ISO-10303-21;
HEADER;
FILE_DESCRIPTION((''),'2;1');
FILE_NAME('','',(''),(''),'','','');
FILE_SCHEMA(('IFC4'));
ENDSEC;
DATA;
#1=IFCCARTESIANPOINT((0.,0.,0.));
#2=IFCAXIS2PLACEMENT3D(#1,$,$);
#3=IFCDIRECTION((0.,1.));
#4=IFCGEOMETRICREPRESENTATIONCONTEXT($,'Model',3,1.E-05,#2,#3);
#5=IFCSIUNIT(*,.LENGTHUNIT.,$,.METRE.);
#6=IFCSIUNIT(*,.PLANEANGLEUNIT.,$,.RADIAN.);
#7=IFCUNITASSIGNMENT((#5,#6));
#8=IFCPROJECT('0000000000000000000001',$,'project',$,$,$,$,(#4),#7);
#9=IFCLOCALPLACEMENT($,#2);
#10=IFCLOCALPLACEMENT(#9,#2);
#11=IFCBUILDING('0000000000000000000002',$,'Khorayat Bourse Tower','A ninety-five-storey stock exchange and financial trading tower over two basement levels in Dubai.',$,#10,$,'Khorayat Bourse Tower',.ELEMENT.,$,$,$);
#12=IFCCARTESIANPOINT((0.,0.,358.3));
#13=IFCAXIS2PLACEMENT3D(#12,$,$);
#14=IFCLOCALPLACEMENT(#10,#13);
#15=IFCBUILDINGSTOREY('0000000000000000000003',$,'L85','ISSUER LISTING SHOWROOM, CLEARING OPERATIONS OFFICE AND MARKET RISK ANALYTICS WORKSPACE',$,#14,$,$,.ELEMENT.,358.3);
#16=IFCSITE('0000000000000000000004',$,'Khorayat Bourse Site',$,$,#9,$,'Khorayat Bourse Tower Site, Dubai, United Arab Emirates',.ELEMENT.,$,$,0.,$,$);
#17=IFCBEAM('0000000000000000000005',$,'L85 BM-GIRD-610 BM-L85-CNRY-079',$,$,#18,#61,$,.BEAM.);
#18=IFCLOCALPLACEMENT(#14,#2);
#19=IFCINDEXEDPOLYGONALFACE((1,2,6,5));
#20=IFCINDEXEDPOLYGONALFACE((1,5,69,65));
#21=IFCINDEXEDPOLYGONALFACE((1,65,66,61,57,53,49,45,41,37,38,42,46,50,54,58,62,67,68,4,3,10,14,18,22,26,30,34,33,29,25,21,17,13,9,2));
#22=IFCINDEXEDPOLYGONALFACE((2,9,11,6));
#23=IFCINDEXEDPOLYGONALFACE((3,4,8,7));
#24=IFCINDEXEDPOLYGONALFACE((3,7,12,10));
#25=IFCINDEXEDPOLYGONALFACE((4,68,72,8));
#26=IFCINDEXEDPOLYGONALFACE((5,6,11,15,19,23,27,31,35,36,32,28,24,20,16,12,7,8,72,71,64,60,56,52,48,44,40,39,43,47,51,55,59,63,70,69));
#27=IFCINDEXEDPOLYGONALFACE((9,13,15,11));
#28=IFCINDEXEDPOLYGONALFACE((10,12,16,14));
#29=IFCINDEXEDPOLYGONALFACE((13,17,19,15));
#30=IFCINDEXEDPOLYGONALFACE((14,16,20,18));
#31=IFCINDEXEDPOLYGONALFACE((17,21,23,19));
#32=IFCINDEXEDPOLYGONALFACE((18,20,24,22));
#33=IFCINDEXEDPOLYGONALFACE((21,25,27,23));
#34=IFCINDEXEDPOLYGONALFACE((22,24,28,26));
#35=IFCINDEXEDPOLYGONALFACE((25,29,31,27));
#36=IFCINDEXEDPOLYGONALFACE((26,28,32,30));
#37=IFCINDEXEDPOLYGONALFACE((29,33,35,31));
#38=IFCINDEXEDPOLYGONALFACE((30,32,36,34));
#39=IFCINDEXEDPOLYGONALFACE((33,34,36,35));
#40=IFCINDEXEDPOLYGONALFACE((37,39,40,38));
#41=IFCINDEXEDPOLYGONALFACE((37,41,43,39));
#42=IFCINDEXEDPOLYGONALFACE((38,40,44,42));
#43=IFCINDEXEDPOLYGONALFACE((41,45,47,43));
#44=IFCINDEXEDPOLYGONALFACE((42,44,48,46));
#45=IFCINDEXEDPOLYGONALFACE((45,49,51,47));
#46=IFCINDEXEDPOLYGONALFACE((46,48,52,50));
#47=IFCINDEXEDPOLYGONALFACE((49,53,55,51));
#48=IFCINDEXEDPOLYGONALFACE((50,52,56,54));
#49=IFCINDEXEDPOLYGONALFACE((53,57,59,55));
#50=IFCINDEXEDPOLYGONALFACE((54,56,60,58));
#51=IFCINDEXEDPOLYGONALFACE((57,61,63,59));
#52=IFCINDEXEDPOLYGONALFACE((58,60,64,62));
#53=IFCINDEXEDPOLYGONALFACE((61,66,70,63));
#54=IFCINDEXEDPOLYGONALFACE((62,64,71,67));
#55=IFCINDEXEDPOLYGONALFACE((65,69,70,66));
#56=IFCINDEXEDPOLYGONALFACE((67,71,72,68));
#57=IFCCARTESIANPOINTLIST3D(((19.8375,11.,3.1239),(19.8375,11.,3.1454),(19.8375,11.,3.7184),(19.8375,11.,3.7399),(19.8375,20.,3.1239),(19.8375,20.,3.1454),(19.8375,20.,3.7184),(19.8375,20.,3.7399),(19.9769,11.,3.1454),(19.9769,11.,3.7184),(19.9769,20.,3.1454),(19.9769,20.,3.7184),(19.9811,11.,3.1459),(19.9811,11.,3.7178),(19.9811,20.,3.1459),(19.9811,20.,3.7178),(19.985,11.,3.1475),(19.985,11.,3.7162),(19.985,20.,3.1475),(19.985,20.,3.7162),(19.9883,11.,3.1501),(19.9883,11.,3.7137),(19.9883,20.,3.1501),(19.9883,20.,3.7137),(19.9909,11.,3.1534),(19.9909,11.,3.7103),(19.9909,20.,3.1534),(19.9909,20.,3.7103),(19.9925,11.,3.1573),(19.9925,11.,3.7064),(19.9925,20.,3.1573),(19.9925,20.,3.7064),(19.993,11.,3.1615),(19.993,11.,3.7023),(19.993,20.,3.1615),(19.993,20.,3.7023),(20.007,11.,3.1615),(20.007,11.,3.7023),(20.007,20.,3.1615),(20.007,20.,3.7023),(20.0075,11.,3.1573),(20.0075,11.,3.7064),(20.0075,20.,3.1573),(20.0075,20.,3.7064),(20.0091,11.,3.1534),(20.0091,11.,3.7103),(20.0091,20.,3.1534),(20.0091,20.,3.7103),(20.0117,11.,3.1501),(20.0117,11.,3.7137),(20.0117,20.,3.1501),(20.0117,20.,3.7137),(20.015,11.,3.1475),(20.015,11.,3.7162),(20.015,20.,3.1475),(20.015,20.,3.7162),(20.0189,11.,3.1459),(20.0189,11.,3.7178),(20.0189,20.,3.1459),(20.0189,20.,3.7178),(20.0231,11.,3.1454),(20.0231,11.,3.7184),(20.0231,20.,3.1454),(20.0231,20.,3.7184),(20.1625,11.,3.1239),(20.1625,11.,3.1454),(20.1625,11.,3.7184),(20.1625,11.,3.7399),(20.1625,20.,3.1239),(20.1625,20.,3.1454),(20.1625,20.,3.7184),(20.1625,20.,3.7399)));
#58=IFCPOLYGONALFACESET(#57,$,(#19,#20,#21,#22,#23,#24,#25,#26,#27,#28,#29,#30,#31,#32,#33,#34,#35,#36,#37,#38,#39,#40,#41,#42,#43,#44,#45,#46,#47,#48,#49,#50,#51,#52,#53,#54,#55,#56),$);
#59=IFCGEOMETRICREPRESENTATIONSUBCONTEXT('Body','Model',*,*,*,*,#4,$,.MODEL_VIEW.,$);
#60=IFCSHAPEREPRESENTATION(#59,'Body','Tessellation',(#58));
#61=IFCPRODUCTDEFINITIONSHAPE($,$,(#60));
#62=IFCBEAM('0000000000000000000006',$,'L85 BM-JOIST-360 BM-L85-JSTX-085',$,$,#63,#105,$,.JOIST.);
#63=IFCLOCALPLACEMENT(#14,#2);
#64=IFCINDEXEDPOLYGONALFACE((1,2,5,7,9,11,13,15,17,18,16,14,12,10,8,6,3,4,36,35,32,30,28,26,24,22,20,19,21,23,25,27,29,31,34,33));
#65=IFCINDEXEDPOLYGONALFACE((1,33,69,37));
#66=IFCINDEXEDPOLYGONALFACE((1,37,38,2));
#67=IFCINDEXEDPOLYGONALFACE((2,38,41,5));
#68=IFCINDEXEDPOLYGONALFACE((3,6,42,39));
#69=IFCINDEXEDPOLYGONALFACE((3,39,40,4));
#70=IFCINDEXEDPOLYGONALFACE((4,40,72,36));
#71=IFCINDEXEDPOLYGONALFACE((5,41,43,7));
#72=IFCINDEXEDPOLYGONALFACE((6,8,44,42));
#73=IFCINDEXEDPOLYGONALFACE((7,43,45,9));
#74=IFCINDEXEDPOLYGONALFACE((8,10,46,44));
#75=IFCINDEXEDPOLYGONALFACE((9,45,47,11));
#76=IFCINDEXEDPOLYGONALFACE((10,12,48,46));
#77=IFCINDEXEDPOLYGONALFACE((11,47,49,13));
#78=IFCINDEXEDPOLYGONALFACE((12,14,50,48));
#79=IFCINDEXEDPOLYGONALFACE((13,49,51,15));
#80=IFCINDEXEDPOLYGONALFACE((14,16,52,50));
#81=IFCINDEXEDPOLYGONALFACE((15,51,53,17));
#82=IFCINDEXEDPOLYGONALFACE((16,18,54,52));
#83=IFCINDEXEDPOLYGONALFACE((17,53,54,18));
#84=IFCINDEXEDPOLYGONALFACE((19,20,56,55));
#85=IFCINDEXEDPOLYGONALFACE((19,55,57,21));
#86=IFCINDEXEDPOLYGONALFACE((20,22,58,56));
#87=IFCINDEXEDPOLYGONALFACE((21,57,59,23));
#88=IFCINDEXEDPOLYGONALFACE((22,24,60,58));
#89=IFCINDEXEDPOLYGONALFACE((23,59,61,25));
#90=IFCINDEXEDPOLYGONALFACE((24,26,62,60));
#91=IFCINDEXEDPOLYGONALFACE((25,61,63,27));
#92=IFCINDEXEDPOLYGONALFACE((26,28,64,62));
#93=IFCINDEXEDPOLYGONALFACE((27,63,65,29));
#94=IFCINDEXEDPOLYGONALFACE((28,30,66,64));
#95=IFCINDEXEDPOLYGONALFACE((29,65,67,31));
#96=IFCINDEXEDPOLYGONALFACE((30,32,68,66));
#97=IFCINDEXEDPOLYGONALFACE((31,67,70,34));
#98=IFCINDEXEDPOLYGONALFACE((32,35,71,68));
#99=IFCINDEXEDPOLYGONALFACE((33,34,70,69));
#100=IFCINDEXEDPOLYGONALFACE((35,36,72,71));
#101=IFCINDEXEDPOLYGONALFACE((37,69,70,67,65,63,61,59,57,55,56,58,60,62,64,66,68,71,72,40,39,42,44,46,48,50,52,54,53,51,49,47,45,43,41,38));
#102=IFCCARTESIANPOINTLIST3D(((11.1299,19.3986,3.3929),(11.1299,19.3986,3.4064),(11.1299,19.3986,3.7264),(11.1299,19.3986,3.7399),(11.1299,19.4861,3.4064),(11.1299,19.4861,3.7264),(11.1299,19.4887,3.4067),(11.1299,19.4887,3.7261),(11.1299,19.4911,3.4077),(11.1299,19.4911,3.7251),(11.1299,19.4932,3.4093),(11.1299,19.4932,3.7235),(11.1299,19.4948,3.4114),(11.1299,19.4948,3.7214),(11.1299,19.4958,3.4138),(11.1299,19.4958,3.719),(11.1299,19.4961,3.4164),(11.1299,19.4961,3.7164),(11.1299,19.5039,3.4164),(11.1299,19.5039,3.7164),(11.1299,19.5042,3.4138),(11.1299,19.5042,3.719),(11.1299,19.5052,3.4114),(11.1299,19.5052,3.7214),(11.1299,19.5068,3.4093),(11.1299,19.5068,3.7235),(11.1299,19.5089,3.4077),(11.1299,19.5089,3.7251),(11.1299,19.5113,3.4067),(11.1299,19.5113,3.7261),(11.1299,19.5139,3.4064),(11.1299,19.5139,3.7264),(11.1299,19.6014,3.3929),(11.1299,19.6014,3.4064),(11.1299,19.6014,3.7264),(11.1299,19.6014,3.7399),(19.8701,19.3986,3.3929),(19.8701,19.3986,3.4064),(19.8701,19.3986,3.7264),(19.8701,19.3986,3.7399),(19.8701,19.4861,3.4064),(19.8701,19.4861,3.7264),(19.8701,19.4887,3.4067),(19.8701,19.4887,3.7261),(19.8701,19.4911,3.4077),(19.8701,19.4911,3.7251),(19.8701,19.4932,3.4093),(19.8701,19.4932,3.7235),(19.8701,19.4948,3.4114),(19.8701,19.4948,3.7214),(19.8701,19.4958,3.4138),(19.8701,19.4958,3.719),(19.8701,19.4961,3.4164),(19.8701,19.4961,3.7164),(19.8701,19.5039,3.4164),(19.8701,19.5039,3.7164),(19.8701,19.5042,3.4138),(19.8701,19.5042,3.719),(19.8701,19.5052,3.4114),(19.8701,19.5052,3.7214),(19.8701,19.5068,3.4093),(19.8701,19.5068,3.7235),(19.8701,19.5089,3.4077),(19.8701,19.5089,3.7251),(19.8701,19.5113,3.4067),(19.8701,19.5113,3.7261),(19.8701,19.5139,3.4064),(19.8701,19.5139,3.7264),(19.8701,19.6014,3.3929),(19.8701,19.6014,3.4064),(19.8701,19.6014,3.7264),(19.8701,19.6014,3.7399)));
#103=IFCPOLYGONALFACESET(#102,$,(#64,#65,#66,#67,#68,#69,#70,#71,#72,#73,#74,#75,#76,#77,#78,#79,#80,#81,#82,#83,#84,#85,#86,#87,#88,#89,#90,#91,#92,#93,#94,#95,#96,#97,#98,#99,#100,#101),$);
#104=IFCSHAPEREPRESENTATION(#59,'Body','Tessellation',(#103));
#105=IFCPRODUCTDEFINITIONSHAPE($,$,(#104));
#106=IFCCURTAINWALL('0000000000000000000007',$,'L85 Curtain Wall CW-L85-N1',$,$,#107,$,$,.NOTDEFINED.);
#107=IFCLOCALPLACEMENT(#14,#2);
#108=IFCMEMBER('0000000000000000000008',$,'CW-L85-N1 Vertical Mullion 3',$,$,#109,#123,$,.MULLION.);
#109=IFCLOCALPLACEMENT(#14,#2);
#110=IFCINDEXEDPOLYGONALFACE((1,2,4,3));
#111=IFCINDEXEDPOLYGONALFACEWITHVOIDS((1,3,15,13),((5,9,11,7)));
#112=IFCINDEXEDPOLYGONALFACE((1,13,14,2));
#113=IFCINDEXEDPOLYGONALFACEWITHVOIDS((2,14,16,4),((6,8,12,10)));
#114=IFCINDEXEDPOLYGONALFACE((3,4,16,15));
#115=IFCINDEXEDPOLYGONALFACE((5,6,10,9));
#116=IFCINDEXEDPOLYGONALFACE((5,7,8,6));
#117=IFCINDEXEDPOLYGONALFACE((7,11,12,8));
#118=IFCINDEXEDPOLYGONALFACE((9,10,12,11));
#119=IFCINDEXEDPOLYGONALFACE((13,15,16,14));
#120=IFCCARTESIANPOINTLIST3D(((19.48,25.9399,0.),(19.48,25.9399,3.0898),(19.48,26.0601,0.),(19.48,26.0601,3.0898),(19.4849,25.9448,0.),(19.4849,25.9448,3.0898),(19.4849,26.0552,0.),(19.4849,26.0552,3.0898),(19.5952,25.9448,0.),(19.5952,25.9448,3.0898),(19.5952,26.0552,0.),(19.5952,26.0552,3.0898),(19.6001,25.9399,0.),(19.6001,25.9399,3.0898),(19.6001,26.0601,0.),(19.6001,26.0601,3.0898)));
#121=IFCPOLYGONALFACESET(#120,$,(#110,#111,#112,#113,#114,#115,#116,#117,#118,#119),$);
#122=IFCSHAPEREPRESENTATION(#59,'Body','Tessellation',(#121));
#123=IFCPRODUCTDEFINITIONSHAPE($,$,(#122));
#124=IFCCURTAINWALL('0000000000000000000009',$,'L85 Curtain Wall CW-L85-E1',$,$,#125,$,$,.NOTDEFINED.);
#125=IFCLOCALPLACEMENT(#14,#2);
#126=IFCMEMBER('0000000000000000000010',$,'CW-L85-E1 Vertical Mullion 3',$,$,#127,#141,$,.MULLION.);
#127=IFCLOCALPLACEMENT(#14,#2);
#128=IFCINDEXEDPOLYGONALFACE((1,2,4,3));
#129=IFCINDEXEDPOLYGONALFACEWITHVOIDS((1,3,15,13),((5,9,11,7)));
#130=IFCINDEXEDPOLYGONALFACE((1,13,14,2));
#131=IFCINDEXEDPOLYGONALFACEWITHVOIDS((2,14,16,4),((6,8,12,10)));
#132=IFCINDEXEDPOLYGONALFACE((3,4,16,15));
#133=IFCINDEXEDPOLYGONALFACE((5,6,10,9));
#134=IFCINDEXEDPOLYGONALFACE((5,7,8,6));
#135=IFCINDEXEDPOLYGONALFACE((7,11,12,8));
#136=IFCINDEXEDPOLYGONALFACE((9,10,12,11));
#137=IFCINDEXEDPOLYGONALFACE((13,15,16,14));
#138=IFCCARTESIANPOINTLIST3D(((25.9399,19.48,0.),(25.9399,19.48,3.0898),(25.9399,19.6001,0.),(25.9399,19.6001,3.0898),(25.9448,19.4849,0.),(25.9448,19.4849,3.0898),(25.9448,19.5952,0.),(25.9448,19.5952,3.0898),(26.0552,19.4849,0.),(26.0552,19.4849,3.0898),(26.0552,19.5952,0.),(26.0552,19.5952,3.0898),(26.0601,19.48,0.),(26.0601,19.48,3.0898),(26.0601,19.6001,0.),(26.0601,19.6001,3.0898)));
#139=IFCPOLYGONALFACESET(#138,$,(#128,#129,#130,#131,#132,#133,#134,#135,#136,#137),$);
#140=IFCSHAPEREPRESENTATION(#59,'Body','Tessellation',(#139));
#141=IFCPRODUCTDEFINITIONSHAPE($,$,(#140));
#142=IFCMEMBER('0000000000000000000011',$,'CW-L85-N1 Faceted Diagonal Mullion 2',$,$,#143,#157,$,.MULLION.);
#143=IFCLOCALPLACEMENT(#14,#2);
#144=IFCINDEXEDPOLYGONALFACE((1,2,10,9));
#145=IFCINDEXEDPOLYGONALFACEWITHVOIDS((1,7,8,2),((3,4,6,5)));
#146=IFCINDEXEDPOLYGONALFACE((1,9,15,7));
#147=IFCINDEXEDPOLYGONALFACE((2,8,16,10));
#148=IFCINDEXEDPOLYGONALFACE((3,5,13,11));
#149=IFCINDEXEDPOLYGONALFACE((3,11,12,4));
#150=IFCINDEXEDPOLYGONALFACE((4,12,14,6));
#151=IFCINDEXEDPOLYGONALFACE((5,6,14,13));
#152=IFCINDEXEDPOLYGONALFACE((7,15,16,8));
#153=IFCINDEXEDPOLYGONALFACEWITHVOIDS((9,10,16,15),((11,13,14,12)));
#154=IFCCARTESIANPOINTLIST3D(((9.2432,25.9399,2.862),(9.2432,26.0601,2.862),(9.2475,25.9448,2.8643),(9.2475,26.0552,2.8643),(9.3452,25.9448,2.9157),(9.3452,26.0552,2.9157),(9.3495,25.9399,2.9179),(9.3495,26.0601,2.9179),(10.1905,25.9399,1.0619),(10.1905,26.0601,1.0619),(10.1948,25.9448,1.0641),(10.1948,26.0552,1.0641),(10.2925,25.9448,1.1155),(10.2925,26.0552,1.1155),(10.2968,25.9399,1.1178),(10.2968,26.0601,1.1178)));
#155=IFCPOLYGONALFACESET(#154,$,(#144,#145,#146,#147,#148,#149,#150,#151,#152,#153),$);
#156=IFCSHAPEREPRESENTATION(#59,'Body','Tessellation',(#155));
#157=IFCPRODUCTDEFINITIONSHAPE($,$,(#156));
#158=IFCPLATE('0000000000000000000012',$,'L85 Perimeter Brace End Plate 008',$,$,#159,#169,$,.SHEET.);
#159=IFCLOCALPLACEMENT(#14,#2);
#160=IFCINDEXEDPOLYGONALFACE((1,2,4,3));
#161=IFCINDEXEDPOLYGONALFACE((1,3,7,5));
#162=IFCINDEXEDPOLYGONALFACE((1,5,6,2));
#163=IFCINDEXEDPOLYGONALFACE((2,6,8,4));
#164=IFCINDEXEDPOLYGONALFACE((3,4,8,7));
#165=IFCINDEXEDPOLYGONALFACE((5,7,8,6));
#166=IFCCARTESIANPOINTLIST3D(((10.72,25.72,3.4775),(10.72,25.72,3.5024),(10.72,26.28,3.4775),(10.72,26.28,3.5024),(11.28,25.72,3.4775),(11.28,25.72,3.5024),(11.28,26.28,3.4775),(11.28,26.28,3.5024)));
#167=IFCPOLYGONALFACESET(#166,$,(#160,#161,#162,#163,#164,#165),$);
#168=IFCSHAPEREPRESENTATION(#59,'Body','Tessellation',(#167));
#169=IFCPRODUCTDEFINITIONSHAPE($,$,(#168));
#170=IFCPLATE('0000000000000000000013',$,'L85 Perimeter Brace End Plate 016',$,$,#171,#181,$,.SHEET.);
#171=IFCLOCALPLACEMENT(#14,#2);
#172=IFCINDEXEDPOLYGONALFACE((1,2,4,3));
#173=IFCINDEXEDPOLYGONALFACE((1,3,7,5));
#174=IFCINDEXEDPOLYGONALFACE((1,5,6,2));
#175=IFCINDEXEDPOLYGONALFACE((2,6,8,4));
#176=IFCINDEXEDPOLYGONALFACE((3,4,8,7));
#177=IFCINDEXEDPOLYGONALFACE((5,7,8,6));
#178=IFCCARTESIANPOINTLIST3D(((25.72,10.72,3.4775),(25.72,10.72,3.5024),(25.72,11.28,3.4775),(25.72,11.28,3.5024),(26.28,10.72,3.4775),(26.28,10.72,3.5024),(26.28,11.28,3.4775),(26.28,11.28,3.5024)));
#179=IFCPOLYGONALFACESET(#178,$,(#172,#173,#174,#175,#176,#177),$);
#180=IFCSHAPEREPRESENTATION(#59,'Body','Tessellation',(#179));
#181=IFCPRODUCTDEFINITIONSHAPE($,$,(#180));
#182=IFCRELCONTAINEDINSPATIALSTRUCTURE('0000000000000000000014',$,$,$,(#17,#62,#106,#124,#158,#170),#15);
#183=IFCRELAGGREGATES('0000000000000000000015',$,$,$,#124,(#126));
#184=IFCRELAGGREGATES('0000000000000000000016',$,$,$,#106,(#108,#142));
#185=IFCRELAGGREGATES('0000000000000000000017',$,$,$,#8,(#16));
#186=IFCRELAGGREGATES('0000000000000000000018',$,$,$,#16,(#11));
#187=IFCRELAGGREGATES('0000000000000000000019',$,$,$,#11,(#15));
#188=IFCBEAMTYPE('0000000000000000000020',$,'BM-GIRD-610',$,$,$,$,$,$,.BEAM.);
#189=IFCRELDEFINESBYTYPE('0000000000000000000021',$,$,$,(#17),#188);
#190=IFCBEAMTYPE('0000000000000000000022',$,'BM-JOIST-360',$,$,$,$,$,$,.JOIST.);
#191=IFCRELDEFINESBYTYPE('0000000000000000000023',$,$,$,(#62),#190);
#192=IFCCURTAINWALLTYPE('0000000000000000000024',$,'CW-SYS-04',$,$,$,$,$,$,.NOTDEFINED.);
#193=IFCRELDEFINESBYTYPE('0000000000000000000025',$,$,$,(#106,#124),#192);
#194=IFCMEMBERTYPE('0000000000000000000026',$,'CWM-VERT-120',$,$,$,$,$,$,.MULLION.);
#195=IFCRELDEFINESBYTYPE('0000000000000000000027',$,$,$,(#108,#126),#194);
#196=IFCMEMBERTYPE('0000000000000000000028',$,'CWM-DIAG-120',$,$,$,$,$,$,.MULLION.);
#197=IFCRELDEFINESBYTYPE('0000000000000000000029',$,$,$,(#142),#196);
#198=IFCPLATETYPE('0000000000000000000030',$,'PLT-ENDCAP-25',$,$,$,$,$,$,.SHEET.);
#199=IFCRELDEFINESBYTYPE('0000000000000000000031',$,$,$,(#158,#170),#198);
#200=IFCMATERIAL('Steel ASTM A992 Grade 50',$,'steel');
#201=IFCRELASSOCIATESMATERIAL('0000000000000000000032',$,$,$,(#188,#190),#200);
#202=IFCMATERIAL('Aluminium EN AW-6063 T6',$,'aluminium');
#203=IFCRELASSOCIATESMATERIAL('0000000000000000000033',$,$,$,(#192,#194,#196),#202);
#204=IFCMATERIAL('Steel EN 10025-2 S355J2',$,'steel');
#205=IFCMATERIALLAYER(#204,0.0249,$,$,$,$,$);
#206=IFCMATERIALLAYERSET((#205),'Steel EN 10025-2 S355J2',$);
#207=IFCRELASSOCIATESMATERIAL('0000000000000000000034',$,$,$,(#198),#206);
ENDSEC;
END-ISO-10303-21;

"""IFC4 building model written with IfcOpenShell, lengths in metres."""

from ifc_helpers import new_model, si_unit, direction, frame, origin, origin_2d, place, context, subcontext, project, spatial, rectangle, hollow_rectangle, i_section, extrude, source, transform, mapped, material, layer, layer_set, material_profile, profile_set, type_object, element, aggregate, save


model = new_model("IFC4")

# Units and contexts
model_context = context("Model", 3, precision=1e-05, world=origin(), true_north=direction((0.0, 1.0)))
body_context = subcontext(model_context, "Body", "Model", "MODEL_VIEW")
ifc_project = project(units=[si_unit("LENGTHUNIT", "METRE"), si_unit("PLANEANGLEUNIT", "RADIAN")], contexts=[model_context])

# Site, building, storey
site_placement = place(None, origin())
site = spatial("IfcSite", under=ifc_project, at=site_placement, Name="Khorayat Bourse Site", LongName="Khorayat Bourse Tower Site, Dubai, United Arab Emirates", CompositionType="ELEMENT", RefElevation=0.0)
building_placement = place(site_placement, origin())
building = spatial("IfcBuilding", under=site, at=building_placement, Name="Khorayat Bourse Tower", Description="A ninety-five-storey stock exchange and financial trading tower over two basement levels in Dubai.", LongName="Khorayat Bourse Tower", CompositionType="ELEMENT")
storey_placement = place(building_placement, frame((0.0, 0.0, 358.3)))
storey = spatial("IfcBuildingStorey", under=building, at=storey_placement, Name="L85", Description="ISSUER LISTING SHOWROOM, CLEARING OPERATIONS OFFICE AND MARKET RISK ANALYTICS WORKSPACE", CompositionType="ELEMENT", Elevation=358.3)

# Shared definitions
ifc_material_1 = material(Name="Steel EN 10025-2 S355J2", Category="steel")

# Beams
ifc_material_2 = material(Name="Steel ASTM A992 Grade 50", Category="steel")
ifc_material_profile_1 = material_profile(ifc_material_2, i_section(OverallWidth=0.325, OverallDepth=0.616, WebThickness=0.0139, FlangeThickness=0.0215, FilletRadius=0.0161, at=origin_2d()), Name="W610X174")
ifc_profile_set_1 = profile_set([ifc_material_profile_1], Name="Steel ASTM A992 Grade 50")
beam_type_1 = type_object("IfcBeamType", Name="BM-GIRD-610", PredefinedType="BEAM", material=ifc_profile_set_1)
shared_shape_1 = source(origin(), body_context, "Body", "SweptSolid", [
    extrude(i_section(OverallWidth=0.325, OverallDepth=0.616, WebThickness=0.0139, FlangeThickness=0.0215, FilletRadius=0.0161, at=origin_2d()), origin(), (0.0, 0.0, 1.0), 9.0),
])
beam_1_placement = place(storey_placement, frame((20.0, 11.0, 3.4319), z_axis=(0.0, 1.0, 0.0), x_axis=(-1.0, 0.0, 0.0)))
element("IfcBeam", 1, at=beam_1_placement, inside=storey, type_object=beam_type_1, Name="L85 BM-GIRD-610 BM-L85-CNRY-079", PredefinedType="BEAM", context=body_context, shape_type="MappedRepresentation", body=[
    mapped(shared_shape_1, transform((0.0, 0.0, 0.0), scale=1.0)),
])
ifc_material_profile_2 = material_profile(ifc_material_2, i_section(OverallWidth=0.2029, OverallDepth=0.3469, WebThickness=0.0078, FlangeThickness=0.0134, FilletRadius=0.01, at=origin_2d()), Name="W360X64")
ifc_profile_set_2 = profile_set([ifc_material_profile_2], Name="Steel ASTM A992 Grade 50")
beam_type_2 = type_object("IfcBeamType", Name="BM-JOIST-360", PredefinedType="JOIST", material=ifc_profile_set_2)
shared_shape_2 = source(origin(), body_context, "Body", "SweptSolid", [
    extrude(i_section(OverallWidth=0.2029, OverallDepth=0.3469, WebThickness=0.0078, FlangeThickness=0.0134, FilletRadius=0.01, at=origin_2d()), origin(), (0.0, 0.0, 1.0), 8.7402),
])
beam_2_placement = place(storey_placement, frame((11.1299, 19.5, 3.5664), z_axis=(1.0, 0.0, 0.0), x_axis=(0.0, 1.0, 0.0)))
element("IfcBeam", 2, at=beam_2_placement, inside=storey, type_object=beam_type_2, Name="L85 BM-JOIST-360 BM-L85-JSTX-085", PredefinedType="JOIST", context=body_context, shape_type="MappedRepresentation", body=[
    mapped(shared_shape_2, transform((0.0, 0.0, 0.0), scale=1.0)),
])

# Curtain walls, members
ifc_material_3 = material(Name="Aluminium EN AW-6063 T6", Category="aluminium")
curtain_wall_type = type_object("IfcCurtainWallType", Name="CW-SYS-04", PredefinedType="NOTDEFINED", material=ifc_material_3)
curtain_wall_1_placement = place(storey_placement, origin())
curtain_wall_1 = element("IfcCurtainWall", 3, at=curtain_wall_1_placement, inside=storey, type_object=curtain_wall_type, Name="L85 Curtain Wall CW-L85-N1", PredefinedType="NOTDEFINED")
ifc_material_profile_3 = material_profile(ifc_material_3, hollow_rectangle(XDim=0.1201, YDim=0.1201, WallThickness=0.0049, at=origin_2d()), Name="ALU 120x120x5")
ifc_profile_set_3 = profile_set([ifc_material_profile_3], Name="Aluminium EN AW-6063 T6")
member_type_1 = type_object("IfcMemberType", Name="CWM-VERT-120", PredefinedType="MULLION", material=ifc_profile_set_3)
shared_shape_3 = source(origin(), body_context, "Body", "SweptSolid", [
    extrude(hollow_rectangle(XDim=0.1201, YDim=0.1201, WallThickness=0.0049, at=origin_2d()), origin(), (0.0, 0.0, 1.0), 3.0898),
])
member_1_placement = place(storey_placement, frame((19.54, 26.0, 0.0), z_axis=(0.0, 0.0, 1.0), x_axis=(0.0, 1.0, 0.0)))
member_1 = element("IfcMember", 4, at=member_1_placement, type_object=member_type_1, Name="CW-L85-N1 Vertical Mullion 3", PredefinedType="MULLION", context=body_context, shape_type="MappedRepresentation", body=[
    mapped(shared_shape_3, transform((0.0, 0.0, 0.0), scale=1.0)),
])
curtain_wall_2_placement = place(storey_placement, origin())
curtain_wall_2 = element("IfcCurtainWall", 5, at=curtain_wall_2_placement, inside=storey, type_object=curtain_wall_type, Name="L85 Curtain Wall CW-L85-E1", PredefinedType="NOTDEFINED")
member_2_placement = place(storey_placement, frame((26.0, 19.54, 0.0), z_axis=(0.0, 0.0, 1.0), x_axis=(-1.0, 0.0, 0.0)))
member_2 = element("IfcMember", 6, at=member_2_placement, type_object=member_type_1, Name="CW-L85-E1 Vertical Mullion 3", PredefinedType="MULLION", context=body_context, shape_type="MappedRepresentation", body=[
    mapped(shared_shape_3, transform((0.0, 0.0, 0.0), scale=1.0)),
])
aggregate(curtain_wall_2, [member_2])

# Member
ifc_material_profile_4 = material_profile(ifc_material_3, hollow_rectangle(XDim=0.1201, YDim=0.1201, WallThickness=0.0049, at=origin_2d()), Name="ALU 120x120x5")
ifc_profile_set_4 = profile_set([ifc_material_profile_4], Name="Aluminium EN AW-6063 T6")
member_type_2 = type_object("IfcMemberType", Name="CWM-DIAG-120", PredefinedType="MULLION", material=ifc_profile_set_4)
shared_shape_4 = source(origin(), body_context, "Body", "SweptSolid", [
    extrude(hollow_rectangle(XDim=0.1201, YDim=0.1201, WallThickness=0.0049, at=origin_2d()), origin(), (0.0, 0.0, 1.0), 2.0342),
])
member_3_placement = place(storey_placement, frame((10.2437, 26.0, 1.0898), z_axis=(-0.465697, 0.0, 0.884944), x_axis=(0.0, -1.0, 0.0)))
member_3 = element("IfcMember", 7, at=member_3_placement, type_object=member_type_2, Name="CW-L85-N1 Faceted Diagonal Mullion 2", PredefinedType="MULLION", context=body_context, shape_type="MappedRepresentation", body=[
    mapped(shared_shape_4, transform((0.0, 0.0, 0.0), scale=1.0)),
])

# Plates
ifc_layer_1 = layer(ifc_material_1, 0.0249)
ifc_layer_set_1 = layer_set([ifc_layer_1], Name="Steel EN 10025-2 S355J2")
plate_type_1 = type_object("IfcPlateType", Name="PLT-ENDCAP-25", PredefinedType="SHEET", material=ifc_layer_set_1)
shared_shape_5 = source(origin(), body_context, "Body", "SweptSolid", [
    extrude(rectangle(XDim=0.5601, YDim=0.5601, at=origin_2d()), origin(), (0.0, 0.0, 1.0), 0.0249),
])
for number, where, z_axis, x_axis, name in (
    (8, (11.0, 26.0, 3.4775), (0.0, 0.0, 1.0), (1.0, 0.0, 0.0), "L85 Perimeter Brace End Plate 008"),
    (9, (26.0, 11.0, 3.4775), (0.0, 0.0, 1.0), (1.0, 0.0, 0.0), "L85 Perimeter Brace End Plate 016"),
):
    element("IfcPlate", number, at=place(storey_placement, frame(where, z_axis=z_axis, x_axis=x_axis)), inside=storey, type_object=plate_type_1, Name=name, PredefinedType="SHEET", context=body_context, shape_type="MappedRepresentation", body=[
        mapped(shared_shape_5, transform((0.0, 0.0, 0.0), scale=1.0)),
    ])

aggregate(curtain_wall_1, [member_1, member_3])

save(model, "model.ifc")
